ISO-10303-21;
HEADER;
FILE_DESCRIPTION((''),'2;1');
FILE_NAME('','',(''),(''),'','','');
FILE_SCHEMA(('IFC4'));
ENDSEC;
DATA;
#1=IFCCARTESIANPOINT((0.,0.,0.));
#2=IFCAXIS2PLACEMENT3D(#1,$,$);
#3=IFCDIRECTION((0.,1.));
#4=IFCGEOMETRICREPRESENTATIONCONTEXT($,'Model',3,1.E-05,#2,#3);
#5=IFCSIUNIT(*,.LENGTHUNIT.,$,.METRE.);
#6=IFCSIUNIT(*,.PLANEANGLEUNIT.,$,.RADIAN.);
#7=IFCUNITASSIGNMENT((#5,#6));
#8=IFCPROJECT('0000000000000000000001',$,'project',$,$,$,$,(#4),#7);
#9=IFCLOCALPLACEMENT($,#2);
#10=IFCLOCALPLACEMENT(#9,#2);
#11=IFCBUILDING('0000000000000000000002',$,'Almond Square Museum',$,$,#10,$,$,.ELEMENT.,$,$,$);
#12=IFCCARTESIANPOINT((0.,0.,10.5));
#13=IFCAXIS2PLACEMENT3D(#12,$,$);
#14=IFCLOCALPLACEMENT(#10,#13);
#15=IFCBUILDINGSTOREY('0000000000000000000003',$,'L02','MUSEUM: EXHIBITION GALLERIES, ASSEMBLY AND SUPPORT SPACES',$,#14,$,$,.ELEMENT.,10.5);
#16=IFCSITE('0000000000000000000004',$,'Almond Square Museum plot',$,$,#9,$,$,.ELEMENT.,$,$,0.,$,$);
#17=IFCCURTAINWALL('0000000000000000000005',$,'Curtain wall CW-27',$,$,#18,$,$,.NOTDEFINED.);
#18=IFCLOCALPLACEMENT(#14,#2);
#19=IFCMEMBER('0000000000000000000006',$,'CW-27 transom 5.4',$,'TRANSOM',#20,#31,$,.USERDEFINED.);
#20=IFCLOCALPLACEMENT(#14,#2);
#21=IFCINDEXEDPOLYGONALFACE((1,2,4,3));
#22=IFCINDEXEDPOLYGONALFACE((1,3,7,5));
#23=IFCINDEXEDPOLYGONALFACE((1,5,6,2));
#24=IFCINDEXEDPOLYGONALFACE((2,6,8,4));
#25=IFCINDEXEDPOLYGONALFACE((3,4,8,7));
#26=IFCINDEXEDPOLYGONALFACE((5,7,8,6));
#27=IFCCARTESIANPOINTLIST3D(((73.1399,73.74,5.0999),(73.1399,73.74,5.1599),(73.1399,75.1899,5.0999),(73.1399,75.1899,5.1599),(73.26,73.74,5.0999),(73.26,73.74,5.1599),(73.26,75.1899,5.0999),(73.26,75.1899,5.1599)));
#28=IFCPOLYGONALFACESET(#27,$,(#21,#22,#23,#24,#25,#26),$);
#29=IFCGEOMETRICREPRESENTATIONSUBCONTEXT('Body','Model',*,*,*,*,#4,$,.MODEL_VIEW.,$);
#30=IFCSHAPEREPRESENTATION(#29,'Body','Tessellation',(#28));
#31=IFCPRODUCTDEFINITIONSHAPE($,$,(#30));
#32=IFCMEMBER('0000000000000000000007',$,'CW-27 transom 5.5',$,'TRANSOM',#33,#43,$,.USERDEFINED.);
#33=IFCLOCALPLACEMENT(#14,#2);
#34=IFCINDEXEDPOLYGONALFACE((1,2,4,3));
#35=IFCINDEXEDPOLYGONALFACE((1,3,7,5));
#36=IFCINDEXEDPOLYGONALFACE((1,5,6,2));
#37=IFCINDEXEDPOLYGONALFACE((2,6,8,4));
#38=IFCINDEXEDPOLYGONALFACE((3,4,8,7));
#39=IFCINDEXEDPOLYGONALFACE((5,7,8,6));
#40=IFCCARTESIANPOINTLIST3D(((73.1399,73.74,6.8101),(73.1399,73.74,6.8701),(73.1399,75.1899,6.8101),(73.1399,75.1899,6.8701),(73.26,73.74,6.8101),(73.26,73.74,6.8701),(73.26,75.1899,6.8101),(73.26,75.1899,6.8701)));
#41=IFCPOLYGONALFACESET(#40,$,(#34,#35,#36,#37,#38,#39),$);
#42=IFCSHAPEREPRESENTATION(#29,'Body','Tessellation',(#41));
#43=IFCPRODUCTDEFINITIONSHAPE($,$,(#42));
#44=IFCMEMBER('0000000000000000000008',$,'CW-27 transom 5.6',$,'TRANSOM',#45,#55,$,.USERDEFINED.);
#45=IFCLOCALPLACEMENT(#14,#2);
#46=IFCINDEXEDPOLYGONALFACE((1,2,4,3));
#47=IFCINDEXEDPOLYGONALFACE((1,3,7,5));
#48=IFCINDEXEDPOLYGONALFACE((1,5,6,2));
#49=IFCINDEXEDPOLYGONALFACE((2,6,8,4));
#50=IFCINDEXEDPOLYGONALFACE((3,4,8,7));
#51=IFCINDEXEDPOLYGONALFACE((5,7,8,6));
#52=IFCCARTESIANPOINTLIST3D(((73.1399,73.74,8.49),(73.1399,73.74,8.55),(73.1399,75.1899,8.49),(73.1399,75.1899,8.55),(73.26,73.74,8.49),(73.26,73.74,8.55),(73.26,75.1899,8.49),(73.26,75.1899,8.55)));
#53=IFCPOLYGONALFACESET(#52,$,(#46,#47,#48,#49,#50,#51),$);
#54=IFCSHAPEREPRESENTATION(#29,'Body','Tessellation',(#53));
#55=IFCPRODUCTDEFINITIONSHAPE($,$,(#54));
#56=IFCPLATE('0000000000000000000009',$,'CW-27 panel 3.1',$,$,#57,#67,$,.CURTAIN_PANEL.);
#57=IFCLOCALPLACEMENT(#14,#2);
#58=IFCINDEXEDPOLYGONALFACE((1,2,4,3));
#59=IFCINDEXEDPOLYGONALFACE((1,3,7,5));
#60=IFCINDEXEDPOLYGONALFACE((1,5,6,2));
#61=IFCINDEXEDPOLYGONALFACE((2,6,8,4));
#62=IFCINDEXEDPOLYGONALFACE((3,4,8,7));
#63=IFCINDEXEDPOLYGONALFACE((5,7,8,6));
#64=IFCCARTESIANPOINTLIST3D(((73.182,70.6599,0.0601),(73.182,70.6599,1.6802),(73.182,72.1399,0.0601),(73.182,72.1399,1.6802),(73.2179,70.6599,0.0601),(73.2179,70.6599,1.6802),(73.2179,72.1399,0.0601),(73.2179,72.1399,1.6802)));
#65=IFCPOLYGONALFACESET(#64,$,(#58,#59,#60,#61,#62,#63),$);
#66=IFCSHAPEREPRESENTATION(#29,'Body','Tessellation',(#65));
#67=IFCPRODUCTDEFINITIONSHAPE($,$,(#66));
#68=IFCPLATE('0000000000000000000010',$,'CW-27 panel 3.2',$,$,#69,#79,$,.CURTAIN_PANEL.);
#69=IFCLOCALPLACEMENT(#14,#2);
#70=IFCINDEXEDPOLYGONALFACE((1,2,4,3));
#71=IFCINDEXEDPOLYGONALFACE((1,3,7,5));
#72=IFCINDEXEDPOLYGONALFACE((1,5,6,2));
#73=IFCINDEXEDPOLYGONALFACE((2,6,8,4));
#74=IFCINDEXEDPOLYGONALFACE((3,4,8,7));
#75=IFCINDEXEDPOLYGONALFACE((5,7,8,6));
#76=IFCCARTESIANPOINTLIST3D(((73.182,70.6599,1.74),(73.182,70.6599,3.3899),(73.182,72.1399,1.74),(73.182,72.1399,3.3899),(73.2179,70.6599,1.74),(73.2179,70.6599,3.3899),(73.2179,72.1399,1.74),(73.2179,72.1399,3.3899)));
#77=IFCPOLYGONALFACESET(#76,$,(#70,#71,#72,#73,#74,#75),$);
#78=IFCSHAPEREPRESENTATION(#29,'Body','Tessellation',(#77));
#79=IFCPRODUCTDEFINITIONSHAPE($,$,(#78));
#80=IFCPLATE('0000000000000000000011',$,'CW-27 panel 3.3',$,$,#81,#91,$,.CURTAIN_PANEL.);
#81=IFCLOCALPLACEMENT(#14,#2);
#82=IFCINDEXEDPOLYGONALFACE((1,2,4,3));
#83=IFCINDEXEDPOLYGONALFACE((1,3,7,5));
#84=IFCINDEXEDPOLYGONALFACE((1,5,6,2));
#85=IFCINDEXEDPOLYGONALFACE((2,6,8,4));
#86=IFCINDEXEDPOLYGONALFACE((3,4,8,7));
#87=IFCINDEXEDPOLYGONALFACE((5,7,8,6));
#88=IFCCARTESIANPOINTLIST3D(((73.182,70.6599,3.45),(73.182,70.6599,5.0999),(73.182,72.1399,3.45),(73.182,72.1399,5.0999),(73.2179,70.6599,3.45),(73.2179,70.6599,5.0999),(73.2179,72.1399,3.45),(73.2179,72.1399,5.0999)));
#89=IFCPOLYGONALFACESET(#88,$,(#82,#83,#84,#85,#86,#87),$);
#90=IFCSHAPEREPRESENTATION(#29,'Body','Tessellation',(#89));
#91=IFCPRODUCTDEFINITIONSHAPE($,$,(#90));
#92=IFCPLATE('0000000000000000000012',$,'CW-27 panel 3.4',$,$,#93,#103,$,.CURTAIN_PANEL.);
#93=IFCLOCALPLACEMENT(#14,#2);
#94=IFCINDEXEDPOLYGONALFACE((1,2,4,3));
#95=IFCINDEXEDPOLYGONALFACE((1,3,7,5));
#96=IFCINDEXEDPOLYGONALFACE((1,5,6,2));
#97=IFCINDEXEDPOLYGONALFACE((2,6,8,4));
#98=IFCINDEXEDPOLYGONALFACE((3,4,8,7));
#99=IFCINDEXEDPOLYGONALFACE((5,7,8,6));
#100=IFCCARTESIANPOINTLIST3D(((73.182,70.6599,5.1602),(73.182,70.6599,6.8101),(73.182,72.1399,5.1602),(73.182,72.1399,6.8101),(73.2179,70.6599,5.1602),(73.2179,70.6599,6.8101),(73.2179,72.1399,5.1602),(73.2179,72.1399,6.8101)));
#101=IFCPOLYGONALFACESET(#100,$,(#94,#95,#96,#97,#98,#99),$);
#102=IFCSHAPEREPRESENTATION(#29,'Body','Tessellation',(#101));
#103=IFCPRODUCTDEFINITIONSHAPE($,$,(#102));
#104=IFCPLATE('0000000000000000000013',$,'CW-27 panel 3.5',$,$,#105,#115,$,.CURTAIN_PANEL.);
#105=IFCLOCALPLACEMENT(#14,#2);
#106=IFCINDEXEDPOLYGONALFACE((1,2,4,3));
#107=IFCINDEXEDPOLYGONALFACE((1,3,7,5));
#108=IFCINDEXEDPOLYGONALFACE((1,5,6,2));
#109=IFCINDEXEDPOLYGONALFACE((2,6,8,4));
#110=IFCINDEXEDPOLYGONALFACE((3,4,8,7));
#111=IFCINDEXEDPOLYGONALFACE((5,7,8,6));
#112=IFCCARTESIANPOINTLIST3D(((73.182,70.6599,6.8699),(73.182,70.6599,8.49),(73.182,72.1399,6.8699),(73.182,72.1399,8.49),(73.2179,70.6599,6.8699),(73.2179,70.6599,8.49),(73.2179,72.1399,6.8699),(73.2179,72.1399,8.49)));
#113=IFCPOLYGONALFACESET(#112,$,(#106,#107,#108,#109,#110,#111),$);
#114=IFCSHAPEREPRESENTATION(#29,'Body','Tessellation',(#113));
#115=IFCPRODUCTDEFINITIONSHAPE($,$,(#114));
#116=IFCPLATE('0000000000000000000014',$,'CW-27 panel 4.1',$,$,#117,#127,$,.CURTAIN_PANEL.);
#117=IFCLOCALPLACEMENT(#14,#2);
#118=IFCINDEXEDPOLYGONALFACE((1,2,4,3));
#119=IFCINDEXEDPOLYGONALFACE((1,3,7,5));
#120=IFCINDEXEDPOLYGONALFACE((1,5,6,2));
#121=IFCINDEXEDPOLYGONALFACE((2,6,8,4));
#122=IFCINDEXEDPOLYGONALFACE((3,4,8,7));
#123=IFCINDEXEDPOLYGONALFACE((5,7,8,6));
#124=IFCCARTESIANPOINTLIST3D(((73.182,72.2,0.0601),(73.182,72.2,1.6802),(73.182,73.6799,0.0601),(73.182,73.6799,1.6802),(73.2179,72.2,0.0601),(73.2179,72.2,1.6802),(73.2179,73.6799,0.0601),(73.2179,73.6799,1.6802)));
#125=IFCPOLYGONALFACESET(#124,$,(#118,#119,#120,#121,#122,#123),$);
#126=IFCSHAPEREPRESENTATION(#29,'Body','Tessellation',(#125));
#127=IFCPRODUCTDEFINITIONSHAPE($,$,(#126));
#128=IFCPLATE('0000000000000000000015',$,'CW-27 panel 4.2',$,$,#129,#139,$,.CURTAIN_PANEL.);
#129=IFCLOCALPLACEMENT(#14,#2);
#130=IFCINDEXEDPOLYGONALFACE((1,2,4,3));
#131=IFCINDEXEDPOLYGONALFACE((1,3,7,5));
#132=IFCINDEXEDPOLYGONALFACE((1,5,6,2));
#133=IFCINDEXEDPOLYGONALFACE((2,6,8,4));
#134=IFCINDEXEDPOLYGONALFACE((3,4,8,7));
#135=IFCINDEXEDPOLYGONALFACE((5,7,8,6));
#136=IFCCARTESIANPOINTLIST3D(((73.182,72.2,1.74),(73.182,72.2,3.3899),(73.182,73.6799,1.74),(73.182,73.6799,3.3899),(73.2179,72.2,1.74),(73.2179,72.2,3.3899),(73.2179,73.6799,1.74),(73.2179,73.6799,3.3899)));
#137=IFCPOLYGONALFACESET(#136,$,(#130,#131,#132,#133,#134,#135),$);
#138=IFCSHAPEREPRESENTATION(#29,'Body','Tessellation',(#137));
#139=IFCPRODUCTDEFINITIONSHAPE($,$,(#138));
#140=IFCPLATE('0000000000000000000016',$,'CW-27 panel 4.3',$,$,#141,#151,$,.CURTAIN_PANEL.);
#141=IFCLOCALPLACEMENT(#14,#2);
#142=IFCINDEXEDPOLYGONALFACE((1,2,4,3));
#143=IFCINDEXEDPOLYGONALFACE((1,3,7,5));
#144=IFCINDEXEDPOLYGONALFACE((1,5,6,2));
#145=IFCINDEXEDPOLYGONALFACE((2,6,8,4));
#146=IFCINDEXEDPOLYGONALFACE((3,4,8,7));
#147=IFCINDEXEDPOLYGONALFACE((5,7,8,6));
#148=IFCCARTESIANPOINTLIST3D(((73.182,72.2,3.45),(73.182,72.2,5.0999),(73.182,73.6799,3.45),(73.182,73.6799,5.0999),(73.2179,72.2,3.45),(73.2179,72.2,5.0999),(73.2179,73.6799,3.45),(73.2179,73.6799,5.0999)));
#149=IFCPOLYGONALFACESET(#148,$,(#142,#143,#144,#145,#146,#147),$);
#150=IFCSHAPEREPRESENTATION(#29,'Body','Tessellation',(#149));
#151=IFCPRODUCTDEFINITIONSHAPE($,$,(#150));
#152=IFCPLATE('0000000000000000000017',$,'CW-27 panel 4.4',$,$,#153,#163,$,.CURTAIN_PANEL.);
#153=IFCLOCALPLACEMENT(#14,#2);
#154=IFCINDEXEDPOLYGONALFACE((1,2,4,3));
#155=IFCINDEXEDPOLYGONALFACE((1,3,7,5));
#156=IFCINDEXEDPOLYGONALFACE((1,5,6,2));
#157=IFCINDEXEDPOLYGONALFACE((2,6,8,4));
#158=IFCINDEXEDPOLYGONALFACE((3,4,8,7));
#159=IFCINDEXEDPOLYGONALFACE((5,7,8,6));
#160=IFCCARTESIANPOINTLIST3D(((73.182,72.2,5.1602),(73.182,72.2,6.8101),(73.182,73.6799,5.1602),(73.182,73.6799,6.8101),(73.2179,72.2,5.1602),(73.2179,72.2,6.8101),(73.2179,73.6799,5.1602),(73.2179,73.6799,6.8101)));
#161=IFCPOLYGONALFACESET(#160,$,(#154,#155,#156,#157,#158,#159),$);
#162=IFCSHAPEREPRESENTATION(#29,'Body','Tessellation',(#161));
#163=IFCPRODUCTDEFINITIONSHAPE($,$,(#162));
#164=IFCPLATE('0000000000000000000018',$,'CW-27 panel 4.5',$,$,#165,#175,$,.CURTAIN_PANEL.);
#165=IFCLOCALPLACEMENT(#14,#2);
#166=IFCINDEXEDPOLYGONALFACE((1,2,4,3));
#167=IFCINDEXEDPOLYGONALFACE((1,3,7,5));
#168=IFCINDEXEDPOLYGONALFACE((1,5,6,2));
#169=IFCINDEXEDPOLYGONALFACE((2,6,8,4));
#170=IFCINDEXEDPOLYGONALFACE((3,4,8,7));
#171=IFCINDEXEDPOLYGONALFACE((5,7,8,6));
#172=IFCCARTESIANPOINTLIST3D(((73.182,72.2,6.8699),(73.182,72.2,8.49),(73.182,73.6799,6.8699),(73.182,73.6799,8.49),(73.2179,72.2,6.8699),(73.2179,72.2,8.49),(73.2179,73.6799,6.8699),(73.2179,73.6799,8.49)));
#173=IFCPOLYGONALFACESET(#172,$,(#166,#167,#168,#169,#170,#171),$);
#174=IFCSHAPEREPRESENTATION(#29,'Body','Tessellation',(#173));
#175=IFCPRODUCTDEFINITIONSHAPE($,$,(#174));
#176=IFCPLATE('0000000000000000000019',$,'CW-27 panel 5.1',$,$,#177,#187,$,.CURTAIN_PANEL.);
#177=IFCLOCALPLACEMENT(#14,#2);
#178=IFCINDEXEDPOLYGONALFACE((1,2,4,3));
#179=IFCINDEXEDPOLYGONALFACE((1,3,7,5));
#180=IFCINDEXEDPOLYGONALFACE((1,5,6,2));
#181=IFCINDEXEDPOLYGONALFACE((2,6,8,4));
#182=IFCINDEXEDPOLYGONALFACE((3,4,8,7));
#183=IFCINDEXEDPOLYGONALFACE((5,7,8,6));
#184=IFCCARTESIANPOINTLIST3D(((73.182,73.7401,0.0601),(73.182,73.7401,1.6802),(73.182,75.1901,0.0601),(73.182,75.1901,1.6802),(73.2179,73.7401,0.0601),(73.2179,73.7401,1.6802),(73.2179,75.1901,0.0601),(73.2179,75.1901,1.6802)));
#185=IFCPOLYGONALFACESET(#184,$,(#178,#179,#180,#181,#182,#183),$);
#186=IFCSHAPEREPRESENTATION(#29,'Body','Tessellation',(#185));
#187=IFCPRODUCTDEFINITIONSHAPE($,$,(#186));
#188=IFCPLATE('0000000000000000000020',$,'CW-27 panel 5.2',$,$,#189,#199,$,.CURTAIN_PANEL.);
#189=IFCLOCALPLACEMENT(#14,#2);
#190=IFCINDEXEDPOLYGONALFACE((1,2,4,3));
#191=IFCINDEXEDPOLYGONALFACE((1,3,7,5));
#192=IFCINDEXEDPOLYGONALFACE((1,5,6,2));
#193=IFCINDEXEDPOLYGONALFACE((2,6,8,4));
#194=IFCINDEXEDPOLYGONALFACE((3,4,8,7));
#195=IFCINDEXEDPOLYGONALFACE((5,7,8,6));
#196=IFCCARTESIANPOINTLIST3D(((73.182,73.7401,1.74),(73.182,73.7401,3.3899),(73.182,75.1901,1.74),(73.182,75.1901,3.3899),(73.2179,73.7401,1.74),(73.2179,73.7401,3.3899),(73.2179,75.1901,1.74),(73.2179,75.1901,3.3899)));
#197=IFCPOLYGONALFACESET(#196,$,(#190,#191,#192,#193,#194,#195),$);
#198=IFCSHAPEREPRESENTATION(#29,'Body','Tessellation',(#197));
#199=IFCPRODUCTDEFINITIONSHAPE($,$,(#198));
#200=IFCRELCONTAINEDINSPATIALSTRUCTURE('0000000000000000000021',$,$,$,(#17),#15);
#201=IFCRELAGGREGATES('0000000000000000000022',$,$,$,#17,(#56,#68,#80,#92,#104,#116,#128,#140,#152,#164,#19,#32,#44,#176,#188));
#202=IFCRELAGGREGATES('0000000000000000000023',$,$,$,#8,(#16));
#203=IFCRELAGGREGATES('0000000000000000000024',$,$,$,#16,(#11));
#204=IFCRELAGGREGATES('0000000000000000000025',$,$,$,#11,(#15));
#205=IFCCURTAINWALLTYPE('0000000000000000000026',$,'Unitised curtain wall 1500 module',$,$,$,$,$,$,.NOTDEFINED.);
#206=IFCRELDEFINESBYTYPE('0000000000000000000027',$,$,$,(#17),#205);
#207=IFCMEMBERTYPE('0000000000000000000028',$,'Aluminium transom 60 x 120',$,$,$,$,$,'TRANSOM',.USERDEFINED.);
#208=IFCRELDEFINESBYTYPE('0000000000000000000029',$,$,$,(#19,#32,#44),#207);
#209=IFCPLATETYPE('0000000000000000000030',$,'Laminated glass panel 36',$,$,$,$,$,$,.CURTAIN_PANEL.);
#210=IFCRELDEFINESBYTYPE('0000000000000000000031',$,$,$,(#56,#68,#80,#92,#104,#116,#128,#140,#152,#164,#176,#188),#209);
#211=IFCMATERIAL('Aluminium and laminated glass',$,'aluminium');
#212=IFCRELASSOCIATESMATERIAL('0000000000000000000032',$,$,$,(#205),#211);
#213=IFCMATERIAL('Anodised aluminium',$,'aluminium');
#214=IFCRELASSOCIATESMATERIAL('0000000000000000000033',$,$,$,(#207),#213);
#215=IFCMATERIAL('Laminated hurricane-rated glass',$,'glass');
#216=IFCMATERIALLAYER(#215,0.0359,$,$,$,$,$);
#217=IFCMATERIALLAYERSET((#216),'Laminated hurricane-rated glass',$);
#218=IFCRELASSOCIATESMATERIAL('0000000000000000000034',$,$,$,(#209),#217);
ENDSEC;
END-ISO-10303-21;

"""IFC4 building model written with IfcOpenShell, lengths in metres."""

from ifc_helpers import new_model, si_unit, direction, frame, origin, origin_2d, place, context, subcontext, project, spatial, rectangle, extrude, material, layer, layer_set, material_profile, profile_set, type_object, element, aggregate, save


model = new_model("IFC4")

# Units and contexts
model_context = context("Model", 3, precision=1e-05, world=origin(), true_north=direction((0.0, 1.0)))
body_context = subcontext(model_context, "Body", "Model", "MODEL_VIEW")
ifc_project = project(units=[si_unit("LENGTHUNIT", "METRE"), si_unit("PLANEANGLEUNIT", "RADIAN")], contexts=[model_context])

# Site, building, storey
site_placement = place(None, origin())
site = spatial("IfcSite", under=ifc_project, at=site_placement, Name="Almond Square Museum plot", CompositionType="ELEMENT", RefElevation=0.0)
building_placement = place(site_placement, origin())
building = spatial("IfcBuilding", under=site, at=building_placement, Name="Almond Square Museum", CompositionType="ELEMENT")
storey_placement = place(building_placement, frame((0.0, 0.0, 10.5)))
storey = spatial("IfcBuildingStorey", under=building, at=storey_placement, Name="L02", Description="MUSEUM: EXHIBITION GALLERIES, ASSEMBLY AND SUPPORT SPACES", CompositionType="ELEMENT", Elevation=10.5)

# Curtain wall, members, plates
ifc_material_1 = material(Name="Aluminium and laminated glass", Category="aluminium")
curtain_wall_type = type_object("IfcCurtainWallType", Name="Unitised curtain wall 1500 module", PredefinedType="NOTDEFINED", material=ifc_material_1)
curtain_wall_placement = place(storey_placement, origin())
curtain_wall = element("IfcCurtainWall", 1, at=curtain_wall_placement, inside=storey, type_object=curtain_wall_type, Name="Curtain wall CW-27", PredefinedType="NOTDEFINED")
ifc_material_2 = material(Name="Anodised aluminium", Category="aluminium")
ifc_material_profile_1 = material_profile(ifc_material_2, rectangle(XDim=0.1201, YDim=0.0601, at=origin_2d()))
ifc_profile_set_1 = profile_set([ifc_material_profile_1], Name="Anodised aluminium")
member_type_1 = type_object("IfcMemberType", Name="Aluminium transom 60 x 120", ElementType="TRANSOM", PredefinedType="USERDEFINED", material=ifc_profile_set_1)
member_1_placement = place(storey_placement, frame((73.2, 73.74, 5.1299), z_axis=(0.0, 1.0, 0.0), x_axis=(-1.0, 0.0, 0.0)))
member_1 = element("IfcMember", 2, at=member_1_placement, type_object=member_type_1, Name="CW-27 transom 5.4", ObjectType="TRANSOM", PredefinedType="USERDEFINED", context=body_context, shape_type="SweptSolid", body=[
    extrude(rectangle(XDim=0.1201, YDim=0.0601, at=origin_2d()), origin(), (0.0, 0.0, 1.0), 1.45),
])
member_2_placement = place(storey_placement, frame((73.2, 73.74, 6.8401), z_axis=(0.0, 1.0, 0.0), x_axis=(-1.0, 0.0, 0.0)))
member_2 = element("IfcMember", 3, at=member_2_placement, type_object=member_type_1, Name="CW-27 transom 5.5", ObjectType="TRANSOM", PredefinedType="USERDEFINED", context=body_context, shape_type="SweptSolid", body=[
    extrude(rectangle(XDim=0.1201, YDim=0.0601, at=origin_2d()), origin(), (0.0, 0.0, 1.0), 1.45),
])
member_3_placement = place(storey_placement, frame((73.2, 73.74, 8.52), z_axis=(0.0, 1.0, 0.0), x_axis=(-1.0, 0.0, 0.0)))
member_3 = element("IfcMember", 4, at=member_3_placement, type_object=member_type_1, Name="CW-27 transom 5.6", ObjectType="TRANSOM", PredefinedType="USERDEFINED", context=body_context, shape_type="SweptSolid", body=[
    extrude(rectangle(XDim=0.1201, YDim=0.0601, at=origin_2d()), origin(), (0.0, 0.0, 1.0), 1.45),
])
ifc_material_3 = material(Name="Laminated hurricane-rated glass", Category="glass")
ifc_layer = layer(ifc_material_3, 0.0359)
ifc_layer_set = layer_set([ifc_layer], Name="Laminated hurricane-rated glass")
plate_type = type_object("IfcPlateType", Name="Laminated glass panel 36", PredefinedType="CURTAIN_PANEL", material=ifc_layer_set)
plate_1_placement = place(storey_placement, frame((73.2, 71.3999, 0.0601), z_axis=(0.0, 0.0, 1.0), x_axis=(0.0, 1.0, 0.0)))
plate_1 = element("IfcPlate", 5, at=plate_1_placement, type_object=plate_type, Name="CW-27 panel 3.1", PredefinedType="CURTAIN_PANEL", context=body_context, shape_type="SweptSolid", body=[
    extrude(rectangle(XDim=1.48, YDim=0.0359, at=origin_2d()), origin(), (0.0, 0.0, 1.0), 1.6201),
])
plate_2_placement = place(storey_placement, frame((73.2, 71.3999, 1.74), z_axis=(0.0, 0.0, 1.0), x_axis=(0.0, 1.0, 0.0)))
plate_2 = element("IfcPlate", 6, at=plate_2_placement, type_object=plate_type, Name="CW-27 panel 3.2", PredefinedType="CURTAIN_PANEL", context=body_context, shape_type="SweptSolid", body=[
    extrude(rectangle(XDim=1.48, YDim=0.0359, at=origin_2d()), origin(), (0.0, 0.0, 1.0), 1.6499),
])
plate_3_placement = place(storey_placement, frame((73.2, 71.3999, 3.45), z_axis=(0.0, 0.0, 1.0), x_axis=(0.0, 1.0, 0.0)))
plate_3 = element("IfcPlate", 7, at=plate_3_placement, type_object=plate_type, Name="CW-27 panel 3.3", PredefinedType="CURTAIN_PANEL", context=body_context, shape_type="SweptSolid", body=[
    extrude(rectangle(XDim=1.48, YDim=0.0359, at=origin_2d()), origin(), (0.0, 0.0, 1.0), 1.6499),
])
plate_4_placement = place(storey_placement, frame((73.2, 71.3999, 5.1602), z_axis=(0.0, 0.0, 1.0), x_axis=(0.0, 1.0, 0.0)))
plate_4 = element("IfcPlate", 8, at=plate_4_placement, type_object=plate_type, Name="CW-27 panel 3.4", PredefinedType="CURTAIN_PANEL", context=body_context, shape_type="SweptSolid", body=[
    extrude(rectangle(XDim=1.48, YDim=0.0359, at=origin_2d()), origin(), (0.0, 0.0, 1.0), 1.6499),
])
plate_5_placement = place(storey_placement, frame((73.2, 71.3999, 6.8699), z_axis=(0.0, 0.0, 1.0), x_axis=(0.0, 1.0, 0.0)))
plate_5 = element("IfcPlate", 9, at=plate_5_placement, type_object=plate_type, Name="CW-27 panel 3.5", PredefinedType="CURTAIN_PANEL", context=body_context, shape_type="SweptSolid", body=[
    extrude(rectangle(XDim=1.48, YDim=0.0359, at=origin_2d()), origin(), (0.0, 0.0, 1.0), 1.6201),
])
plate_6_placement = place(storey_placement, frame((73.2, 72.9399, 0.0601), z_axis=(0.0, 0.0, 1.0), x_axis=(0.0, 1.0, 0.0)))
plate_6 = element("IfcPlate", 10, at=plate_6_placement, type_object=plate_type, Name="CW-27 panel 4.1", PredefinedType="CURTAIN_PANEL", context=body_context, shape_type="SweptSolid", body=[
    extrude(rectangle(XDim=1.48, YDim=0.0359, at=origin_2d()), origin(), (0.0, 0.0, 1.0), 1.6201),
])
plate_7_placement = place(storey_placement, frame((73.2, 72.9399, 1.74), z_axis=(0.0, 0.0, 1.0), x_axis=(0.0, 1.0, 0.0)))
plate_7 = element("IfcPlate", 11, at=plate_7_placement, type_object=plate_type, Name="CW-27 panel 4.2", PredefinedType="CURTAIN_PANEL", context=body_context, shape_type="SweptSolid", body=[
    extrude(rectangle(XDim=1.48, YDim=0.0359, at=origin_2d()), origin(), (0.0, 0.0, 1.0), 1.6499),
])
plate_8_placement = place(storey_placement, frame((73.2, 72.9399, 3.45), z_axis=(0.0, 0.0, 1.0), x_axis=(0.0, 1.0, 0.0)))
plate_8 = element("IfcPlate", 12, at=plate_8_placement, type_object=plate_type, Name="CW-27 panel 4.3", PredefinedType="CURTAIN_PANEL", context=body_context, shape_type="SweptSolid", body=[
    extrude(rectangle(XDim=1.48, YDim=0.0359, at=origin_2d()), origin(), (0.0, 0.0, 1.0), 1.6499),
])
plate_9_placement = place(storey_placement, frame((73.2, 72.9399, 5.1602), z_axis=(0.0, 0.0, 1.0), x_axis=(0.0, 1.0, 0.0)))
plate_9 = element("IfcPlate", 13, at=plate_9_placement, type_object=plate_type, Name="CW-27 panel 4.4", PredefinedType="CURTAIN_PANEL", context=body_context, shape_type="SweptSolid", body=[
    extrude(rectangle(XDim=1.48, YDim=0.0359, at=origin_2d()), origin(), (0.0, 0.0, 1.0), 1.6499),
])
plate_10_placement = place(storey_placement, frame((73.2, 72.9399, 6.8699), z_axis=(0.0, 0.0, 1.0), x_axis=(0.0, 1.0, 0.0)))
plate_10 = element("IfcPlate", 14, at=plate_10_placement, type_object=plate_type, Name="CW-27 panel 4.5", PredefinedType="CURTAIN_PANEL", context=body_context, shape_type="SweptSolid", body=[
    extrude(rectangle(XDim=1.48, YDim=0.0359, at=origin_2d()), origin(), (0.0, 0.0, 1.0), 1.6201),
])
plate_11_placement = place(storey_placement, frame((73.2, 74.4651, 0.0601), z_axis=(0.0, 0.0, 1.0), x_axis=(0.0, 1.0, 0.0)))
plate_11 = element("IfcPlate", 15, at=plate_11_placement, type_object=plate_type, Name="CW-27 panel 5.1", PredefinedType="CURTAIN_PANEL", context=body_context, shape_type="SweptSolid", body=[
    extrude(rectangle(XDim=1.45, YDim=0.0359, at=origin_2d()), origin(), (0.0, 0.0, 1.0), 1.6201),
])
plate_12_placement = place(storey_placement, frame((73.2, 74.4651, 1.74), z_axis=(0.0, 0.0, 1.0), x_axis=(0.0, 1.0, 0.0)))
plate_12 = element("IfcPlate", 16, at=plate_12_placement, type_object=plate_type, Name="CW-27 panel 5.2", PredefinedType="CURTAIN_PANEL", context=body_context, shape_type="SweptSolid", body=[
    extrude(rectangle(XDim=1.45, YDim=0.0359, at=origin_2d()), origin(), (0.0, 0.0, 1.0), 1.6499),
])
aggregate(curtain_wall, [plate_1, plate_2, plate_3, plate_4, plate_5, plate_6, plate_7, plate_8, plate_9, plate_10, member_1, member_2, member_3, plate_11, plate_12])

save(model, "model.ifc")
